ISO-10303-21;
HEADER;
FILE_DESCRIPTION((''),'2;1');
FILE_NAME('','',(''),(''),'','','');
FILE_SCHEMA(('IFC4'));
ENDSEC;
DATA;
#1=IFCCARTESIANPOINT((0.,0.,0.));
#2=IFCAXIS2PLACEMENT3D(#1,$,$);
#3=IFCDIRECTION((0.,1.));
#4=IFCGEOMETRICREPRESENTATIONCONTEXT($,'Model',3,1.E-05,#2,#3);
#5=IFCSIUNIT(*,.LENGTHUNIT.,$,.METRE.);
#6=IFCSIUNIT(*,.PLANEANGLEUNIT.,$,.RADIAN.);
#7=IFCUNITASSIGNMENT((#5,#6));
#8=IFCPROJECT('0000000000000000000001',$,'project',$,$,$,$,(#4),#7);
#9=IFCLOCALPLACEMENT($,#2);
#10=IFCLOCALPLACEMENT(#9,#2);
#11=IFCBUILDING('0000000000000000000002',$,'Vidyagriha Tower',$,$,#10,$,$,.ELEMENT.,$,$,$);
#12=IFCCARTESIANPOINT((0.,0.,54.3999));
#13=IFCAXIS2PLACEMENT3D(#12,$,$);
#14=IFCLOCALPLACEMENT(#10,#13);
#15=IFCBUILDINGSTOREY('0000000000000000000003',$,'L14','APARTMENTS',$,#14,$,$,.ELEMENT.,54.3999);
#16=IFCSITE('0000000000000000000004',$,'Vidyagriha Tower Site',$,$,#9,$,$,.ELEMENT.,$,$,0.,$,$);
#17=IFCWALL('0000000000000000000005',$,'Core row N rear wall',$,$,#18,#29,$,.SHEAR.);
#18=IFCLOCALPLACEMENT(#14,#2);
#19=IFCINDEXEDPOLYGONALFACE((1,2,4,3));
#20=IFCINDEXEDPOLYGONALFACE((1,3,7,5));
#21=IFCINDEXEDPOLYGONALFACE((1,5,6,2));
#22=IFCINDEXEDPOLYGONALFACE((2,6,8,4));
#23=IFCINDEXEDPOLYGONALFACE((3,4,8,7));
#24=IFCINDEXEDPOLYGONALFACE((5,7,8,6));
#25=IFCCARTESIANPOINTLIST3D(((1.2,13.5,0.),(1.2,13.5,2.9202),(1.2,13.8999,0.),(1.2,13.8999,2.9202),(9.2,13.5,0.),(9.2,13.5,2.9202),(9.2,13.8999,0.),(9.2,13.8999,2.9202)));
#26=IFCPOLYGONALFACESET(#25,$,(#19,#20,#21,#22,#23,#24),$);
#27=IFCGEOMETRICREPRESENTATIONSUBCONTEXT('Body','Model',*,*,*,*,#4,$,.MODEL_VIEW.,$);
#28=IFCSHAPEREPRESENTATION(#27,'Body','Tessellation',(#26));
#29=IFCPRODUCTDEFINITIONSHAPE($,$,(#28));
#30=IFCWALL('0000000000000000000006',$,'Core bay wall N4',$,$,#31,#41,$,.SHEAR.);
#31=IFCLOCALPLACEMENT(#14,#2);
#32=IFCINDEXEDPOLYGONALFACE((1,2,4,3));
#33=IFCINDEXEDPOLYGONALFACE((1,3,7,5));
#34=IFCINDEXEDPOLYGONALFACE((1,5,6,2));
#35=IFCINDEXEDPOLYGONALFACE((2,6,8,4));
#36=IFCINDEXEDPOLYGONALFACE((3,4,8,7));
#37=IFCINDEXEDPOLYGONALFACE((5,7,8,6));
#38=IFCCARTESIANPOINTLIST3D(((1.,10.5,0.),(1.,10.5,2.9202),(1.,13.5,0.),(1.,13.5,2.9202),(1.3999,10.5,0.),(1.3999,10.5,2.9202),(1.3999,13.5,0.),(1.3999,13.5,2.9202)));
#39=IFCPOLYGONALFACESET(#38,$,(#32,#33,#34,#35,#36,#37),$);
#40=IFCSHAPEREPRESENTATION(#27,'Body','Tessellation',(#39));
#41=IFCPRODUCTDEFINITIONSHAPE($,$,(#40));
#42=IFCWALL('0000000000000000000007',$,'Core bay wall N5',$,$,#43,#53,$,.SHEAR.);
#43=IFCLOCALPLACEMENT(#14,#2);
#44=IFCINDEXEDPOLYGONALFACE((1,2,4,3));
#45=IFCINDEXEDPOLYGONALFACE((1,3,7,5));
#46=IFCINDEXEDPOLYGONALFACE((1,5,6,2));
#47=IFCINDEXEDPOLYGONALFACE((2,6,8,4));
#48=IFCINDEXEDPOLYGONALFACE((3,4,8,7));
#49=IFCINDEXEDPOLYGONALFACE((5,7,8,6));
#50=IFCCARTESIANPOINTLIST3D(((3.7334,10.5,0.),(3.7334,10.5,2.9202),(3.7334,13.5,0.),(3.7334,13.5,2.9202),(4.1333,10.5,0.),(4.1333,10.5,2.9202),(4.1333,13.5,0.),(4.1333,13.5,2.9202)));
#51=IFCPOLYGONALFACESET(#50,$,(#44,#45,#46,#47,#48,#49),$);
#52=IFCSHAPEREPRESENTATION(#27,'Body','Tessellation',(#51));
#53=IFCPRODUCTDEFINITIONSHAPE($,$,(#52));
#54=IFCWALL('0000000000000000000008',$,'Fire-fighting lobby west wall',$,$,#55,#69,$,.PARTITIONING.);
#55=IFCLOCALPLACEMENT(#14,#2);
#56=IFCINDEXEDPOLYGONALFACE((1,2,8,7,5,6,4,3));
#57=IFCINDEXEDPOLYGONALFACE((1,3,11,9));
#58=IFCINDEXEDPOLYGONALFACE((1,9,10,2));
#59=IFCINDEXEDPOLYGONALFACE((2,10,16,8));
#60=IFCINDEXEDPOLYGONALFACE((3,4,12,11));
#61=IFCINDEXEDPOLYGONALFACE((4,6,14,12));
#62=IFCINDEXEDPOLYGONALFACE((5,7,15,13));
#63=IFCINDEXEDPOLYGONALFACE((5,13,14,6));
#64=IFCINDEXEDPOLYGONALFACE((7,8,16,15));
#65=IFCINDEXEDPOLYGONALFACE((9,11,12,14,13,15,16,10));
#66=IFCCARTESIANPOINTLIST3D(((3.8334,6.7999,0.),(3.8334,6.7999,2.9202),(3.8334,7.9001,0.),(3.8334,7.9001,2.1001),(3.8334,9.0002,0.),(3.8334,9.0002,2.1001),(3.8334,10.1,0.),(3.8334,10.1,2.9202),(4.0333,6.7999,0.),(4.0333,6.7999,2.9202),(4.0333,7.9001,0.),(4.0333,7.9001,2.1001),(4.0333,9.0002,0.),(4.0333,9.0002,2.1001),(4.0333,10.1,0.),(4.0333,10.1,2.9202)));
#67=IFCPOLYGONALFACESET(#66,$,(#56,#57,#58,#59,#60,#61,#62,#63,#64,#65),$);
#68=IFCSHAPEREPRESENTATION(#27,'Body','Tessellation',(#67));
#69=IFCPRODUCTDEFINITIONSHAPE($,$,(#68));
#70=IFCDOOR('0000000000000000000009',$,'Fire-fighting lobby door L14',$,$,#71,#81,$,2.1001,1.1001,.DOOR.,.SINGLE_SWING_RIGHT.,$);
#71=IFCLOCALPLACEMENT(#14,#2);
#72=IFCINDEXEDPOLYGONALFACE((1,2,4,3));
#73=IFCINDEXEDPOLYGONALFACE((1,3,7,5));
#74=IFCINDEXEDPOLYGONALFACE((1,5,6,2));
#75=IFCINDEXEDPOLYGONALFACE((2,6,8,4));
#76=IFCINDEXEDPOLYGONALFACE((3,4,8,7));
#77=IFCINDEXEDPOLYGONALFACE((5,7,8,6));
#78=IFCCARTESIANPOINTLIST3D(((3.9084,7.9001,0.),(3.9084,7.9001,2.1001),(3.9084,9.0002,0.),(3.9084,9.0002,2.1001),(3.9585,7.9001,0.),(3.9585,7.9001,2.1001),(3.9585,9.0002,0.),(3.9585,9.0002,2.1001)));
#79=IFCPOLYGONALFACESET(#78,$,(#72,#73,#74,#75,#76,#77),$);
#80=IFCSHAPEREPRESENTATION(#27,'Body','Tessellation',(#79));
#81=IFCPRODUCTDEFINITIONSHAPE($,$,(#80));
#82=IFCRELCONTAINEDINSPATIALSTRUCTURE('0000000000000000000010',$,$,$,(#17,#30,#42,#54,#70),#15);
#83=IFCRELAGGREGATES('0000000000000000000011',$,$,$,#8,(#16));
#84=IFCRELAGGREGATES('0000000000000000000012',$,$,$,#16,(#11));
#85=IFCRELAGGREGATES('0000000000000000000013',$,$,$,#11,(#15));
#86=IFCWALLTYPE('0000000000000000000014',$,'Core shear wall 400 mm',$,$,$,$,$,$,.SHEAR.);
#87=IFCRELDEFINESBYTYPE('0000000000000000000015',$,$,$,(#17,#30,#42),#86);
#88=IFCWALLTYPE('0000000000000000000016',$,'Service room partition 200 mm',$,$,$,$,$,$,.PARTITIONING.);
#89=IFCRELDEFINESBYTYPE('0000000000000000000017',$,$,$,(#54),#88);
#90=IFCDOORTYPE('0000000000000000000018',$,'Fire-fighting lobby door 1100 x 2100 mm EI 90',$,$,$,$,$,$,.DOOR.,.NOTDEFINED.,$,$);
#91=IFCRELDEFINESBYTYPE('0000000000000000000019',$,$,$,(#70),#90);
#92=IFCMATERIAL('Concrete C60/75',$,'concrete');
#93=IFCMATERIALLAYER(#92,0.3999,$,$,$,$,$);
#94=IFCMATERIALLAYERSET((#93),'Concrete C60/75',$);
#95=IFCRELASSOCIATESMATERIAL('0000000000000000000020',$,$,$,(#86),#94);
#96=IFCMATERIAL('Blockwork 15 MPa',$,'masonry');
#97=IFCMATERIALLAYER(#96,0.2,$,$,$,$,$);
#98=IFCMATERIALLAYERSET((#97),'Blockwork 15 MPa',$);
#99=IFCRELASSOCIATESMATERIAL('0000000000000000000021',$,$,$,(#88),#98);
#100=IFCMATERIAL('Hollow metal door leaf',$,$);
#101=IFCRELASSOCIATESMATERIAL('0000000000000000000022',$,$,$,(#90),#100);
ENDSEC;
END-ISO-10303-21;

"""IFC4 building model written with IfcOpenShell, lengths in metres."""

from ifc_helpers import new_model, si_unit, direction, frame, frame_2d, origin, place, context, subcontext, project, spatial, rectangle, extrude, material, layer, layer_set, type_object, element, fill, save


model = new_model("IFC4")

# Units and contexts
model_context = context("Model", 3, precision=1e-05, world=origin(), true_north=direction((0.0, 1.0)))
body_context = subcontext(model_context, "Body", "Model", "MODEL_VIEW")
ifc_project = project(units=[si_unit("LENGTHUNIT", "METRE"), si_unit("PLANEANGLEUNIT", "RADIAN")], contexts=[model_context])

# Site, building, storey
site_placement = place(None, origin())
site = spatial("IfcSite", under=ifc_project, at=site_placement, Name="Vidyagriha Tower Site", CompositionType="ELEMENT", RefElevation=0.0)
building_placement = place(site_placement, origin())
building = spatial("IfcBuilding", under=site, at=building_placement, Name="Vidyagriha Tower", CompositionType="ELEMENT")
storey_placement = place(building_placement, frame((0.0, 0.0, 54.3999)))
storey = spatial("IfcBuildingStorey", under=building, at=storey_placement, Name="L14", Description="APARTMENTS", CompositionType="ELEMENT", Elevation=54.3999)

# Shared definitions
ifc_material_1 = material(Name="Concrete C60/75", Category="concrete")
ifc_layer_1 = layer(ifc_material_1, 0.3999)
ifc_layer_set_1 = layer_set([ifc_layer_1], Name="Concrete C60/75")
wall_type_1 = type_object("IfcWallType", Name="Core shear wall 400 mm", PredefinedType="SHEAR", material=ifc_layer_set_1)

# Walls
wall_1_placement = place(storey_placement, frame((1.2, 13.7, 0.0)))
element("IfcWall", 1, at=wall_1_placement, inside=storey, type_object=wall_type_1, Name="Core row N rear wall", PredefinedType="SHEAR", context=body_context, shape_type="SweptSolid", body=[
    extrude(rectangle(XDim=8.0, YDim=0.3999, at=frame_2d((4.0, 0.0))), origin(), (0.0, 0.0, 1.0), 2.9202),
])
for number, where, z_axis, x_axis, name in (
    (2, (1.2, 10.5, 0.0), (0.0, 0.0, 1.0), (0.0, 1.0, 0.0), "Core bay wall N4"),
    (3, (3.9333, 10.5, 0.0), (0.0, 0.0, 1.0), (0.0, 1.0, 0.0), "Core bay wall N5"),
):
    element("IfcWall", number, at=place(storey_placement, frame(where, z_axis=z_axis, x_axis=x_axis)), inside=storey, type_object=wall_type_1, Name=name, PredefinedType="SHEAR", context=body_context, shape_type="SweptSolid", body=[
        extrude(rectangle(XDim=3.0, YDim=0.3999, at=frame_2d((1.5, 0.0))), origin(), (0.0, 0.0, 1.0), 2.9202),
    ])

# Wall, opening, door
ifc_material_2 = material(Name="Blockwork 15 MPa", Category="masonry")
ifc_layer_2 = layer(ifc_material_2, 0.2)
ifc_layer_set_2 = layer_set([ifc_layer_2], Name="Blockwork 15 MPa")
wall_type_2 = type_object("IfcWallType", Name="Service room partition 200 mm", PredefinedType="PARTITIONING", material=ifc_layer_set_2)
wall_2_placement = place(storey_placement, frame((3.9333, 6.8, 0.0), z_axis=(0.0, 0.0, 1.0), x_axis=(0.0, 1.0, 0.0)))
wall_2 = element("IfcWall", 4, at=wall_2_placement, inside=storey, type_object=wall_type_2, Name="Fire-fighting lobby west wall", PredefinedType="PARTITIONING", context=body_context, shape_type="SweptSolid", body=[
    extrude(rectangle(XDim=3.3, YDim=0.2, at=frame_2d((1.6499, 0.0))), origin(), (0.0, 0.0, 1.0), 2.9202),
])
opening_1_placement = place(wall_2_placement, frame((1.1001, 0.0, 0.0)))
opening_1 = element("IfcOpeningElement", 5, at=opening_1_placement, cuts=wall_2, PredefinedType="OPENING", context=body_context, shape_type="SweptSolid", body=[
    extrude(rectangle(XDim=1.1001, YDim=2.1001, at=frame_2d((0.55, 1.05))), frame((0.0, 0.1099, 0.0), z_axis=(0.0, -1.0, 0.0), x_axis=(1.0, 0.0, 0.0)), (0.0, 0.0, 1.0), 0.22),
])
ifc_material_3 = material(Name="Hollow metal door leaf")
door_type_1 = type_object("IfcDoorType", Name="Fire-fighting lobby door 1100 x 2100 mm EI 90", OperationType="NOTDEFINED", PredefinedType="DOOR", material=ifc_material_3)
door_1_placement = place(opening_1_placement, origin())
door_1 = element("IfcDoor", 6, at=door_1_placement, inside=storey, type_object=door_type_1, Name="Fire-fighting lobby door L14", OperationType="SINGLE_SWING_RIGHT", OverallHeight=2.1001, OverallWidth=1.1001, PredefinedType="DOOR", context=body_context, shape_type="SweptSolid", body=[
    extrude(rectangle(XDim=1.1001, YDim=2.1001, at=frame_2d((0.55, 1.05))), frame((0.0, 0.0249, 0.0), z_axis=(0.0, -1.0, 0.0), x_axis=(1.0, 0.0, 0.0)), (0.0, 0.0, 1.0), 0.05),
])
fill(opening_1, door_1)

save(model, "model.ifc")
